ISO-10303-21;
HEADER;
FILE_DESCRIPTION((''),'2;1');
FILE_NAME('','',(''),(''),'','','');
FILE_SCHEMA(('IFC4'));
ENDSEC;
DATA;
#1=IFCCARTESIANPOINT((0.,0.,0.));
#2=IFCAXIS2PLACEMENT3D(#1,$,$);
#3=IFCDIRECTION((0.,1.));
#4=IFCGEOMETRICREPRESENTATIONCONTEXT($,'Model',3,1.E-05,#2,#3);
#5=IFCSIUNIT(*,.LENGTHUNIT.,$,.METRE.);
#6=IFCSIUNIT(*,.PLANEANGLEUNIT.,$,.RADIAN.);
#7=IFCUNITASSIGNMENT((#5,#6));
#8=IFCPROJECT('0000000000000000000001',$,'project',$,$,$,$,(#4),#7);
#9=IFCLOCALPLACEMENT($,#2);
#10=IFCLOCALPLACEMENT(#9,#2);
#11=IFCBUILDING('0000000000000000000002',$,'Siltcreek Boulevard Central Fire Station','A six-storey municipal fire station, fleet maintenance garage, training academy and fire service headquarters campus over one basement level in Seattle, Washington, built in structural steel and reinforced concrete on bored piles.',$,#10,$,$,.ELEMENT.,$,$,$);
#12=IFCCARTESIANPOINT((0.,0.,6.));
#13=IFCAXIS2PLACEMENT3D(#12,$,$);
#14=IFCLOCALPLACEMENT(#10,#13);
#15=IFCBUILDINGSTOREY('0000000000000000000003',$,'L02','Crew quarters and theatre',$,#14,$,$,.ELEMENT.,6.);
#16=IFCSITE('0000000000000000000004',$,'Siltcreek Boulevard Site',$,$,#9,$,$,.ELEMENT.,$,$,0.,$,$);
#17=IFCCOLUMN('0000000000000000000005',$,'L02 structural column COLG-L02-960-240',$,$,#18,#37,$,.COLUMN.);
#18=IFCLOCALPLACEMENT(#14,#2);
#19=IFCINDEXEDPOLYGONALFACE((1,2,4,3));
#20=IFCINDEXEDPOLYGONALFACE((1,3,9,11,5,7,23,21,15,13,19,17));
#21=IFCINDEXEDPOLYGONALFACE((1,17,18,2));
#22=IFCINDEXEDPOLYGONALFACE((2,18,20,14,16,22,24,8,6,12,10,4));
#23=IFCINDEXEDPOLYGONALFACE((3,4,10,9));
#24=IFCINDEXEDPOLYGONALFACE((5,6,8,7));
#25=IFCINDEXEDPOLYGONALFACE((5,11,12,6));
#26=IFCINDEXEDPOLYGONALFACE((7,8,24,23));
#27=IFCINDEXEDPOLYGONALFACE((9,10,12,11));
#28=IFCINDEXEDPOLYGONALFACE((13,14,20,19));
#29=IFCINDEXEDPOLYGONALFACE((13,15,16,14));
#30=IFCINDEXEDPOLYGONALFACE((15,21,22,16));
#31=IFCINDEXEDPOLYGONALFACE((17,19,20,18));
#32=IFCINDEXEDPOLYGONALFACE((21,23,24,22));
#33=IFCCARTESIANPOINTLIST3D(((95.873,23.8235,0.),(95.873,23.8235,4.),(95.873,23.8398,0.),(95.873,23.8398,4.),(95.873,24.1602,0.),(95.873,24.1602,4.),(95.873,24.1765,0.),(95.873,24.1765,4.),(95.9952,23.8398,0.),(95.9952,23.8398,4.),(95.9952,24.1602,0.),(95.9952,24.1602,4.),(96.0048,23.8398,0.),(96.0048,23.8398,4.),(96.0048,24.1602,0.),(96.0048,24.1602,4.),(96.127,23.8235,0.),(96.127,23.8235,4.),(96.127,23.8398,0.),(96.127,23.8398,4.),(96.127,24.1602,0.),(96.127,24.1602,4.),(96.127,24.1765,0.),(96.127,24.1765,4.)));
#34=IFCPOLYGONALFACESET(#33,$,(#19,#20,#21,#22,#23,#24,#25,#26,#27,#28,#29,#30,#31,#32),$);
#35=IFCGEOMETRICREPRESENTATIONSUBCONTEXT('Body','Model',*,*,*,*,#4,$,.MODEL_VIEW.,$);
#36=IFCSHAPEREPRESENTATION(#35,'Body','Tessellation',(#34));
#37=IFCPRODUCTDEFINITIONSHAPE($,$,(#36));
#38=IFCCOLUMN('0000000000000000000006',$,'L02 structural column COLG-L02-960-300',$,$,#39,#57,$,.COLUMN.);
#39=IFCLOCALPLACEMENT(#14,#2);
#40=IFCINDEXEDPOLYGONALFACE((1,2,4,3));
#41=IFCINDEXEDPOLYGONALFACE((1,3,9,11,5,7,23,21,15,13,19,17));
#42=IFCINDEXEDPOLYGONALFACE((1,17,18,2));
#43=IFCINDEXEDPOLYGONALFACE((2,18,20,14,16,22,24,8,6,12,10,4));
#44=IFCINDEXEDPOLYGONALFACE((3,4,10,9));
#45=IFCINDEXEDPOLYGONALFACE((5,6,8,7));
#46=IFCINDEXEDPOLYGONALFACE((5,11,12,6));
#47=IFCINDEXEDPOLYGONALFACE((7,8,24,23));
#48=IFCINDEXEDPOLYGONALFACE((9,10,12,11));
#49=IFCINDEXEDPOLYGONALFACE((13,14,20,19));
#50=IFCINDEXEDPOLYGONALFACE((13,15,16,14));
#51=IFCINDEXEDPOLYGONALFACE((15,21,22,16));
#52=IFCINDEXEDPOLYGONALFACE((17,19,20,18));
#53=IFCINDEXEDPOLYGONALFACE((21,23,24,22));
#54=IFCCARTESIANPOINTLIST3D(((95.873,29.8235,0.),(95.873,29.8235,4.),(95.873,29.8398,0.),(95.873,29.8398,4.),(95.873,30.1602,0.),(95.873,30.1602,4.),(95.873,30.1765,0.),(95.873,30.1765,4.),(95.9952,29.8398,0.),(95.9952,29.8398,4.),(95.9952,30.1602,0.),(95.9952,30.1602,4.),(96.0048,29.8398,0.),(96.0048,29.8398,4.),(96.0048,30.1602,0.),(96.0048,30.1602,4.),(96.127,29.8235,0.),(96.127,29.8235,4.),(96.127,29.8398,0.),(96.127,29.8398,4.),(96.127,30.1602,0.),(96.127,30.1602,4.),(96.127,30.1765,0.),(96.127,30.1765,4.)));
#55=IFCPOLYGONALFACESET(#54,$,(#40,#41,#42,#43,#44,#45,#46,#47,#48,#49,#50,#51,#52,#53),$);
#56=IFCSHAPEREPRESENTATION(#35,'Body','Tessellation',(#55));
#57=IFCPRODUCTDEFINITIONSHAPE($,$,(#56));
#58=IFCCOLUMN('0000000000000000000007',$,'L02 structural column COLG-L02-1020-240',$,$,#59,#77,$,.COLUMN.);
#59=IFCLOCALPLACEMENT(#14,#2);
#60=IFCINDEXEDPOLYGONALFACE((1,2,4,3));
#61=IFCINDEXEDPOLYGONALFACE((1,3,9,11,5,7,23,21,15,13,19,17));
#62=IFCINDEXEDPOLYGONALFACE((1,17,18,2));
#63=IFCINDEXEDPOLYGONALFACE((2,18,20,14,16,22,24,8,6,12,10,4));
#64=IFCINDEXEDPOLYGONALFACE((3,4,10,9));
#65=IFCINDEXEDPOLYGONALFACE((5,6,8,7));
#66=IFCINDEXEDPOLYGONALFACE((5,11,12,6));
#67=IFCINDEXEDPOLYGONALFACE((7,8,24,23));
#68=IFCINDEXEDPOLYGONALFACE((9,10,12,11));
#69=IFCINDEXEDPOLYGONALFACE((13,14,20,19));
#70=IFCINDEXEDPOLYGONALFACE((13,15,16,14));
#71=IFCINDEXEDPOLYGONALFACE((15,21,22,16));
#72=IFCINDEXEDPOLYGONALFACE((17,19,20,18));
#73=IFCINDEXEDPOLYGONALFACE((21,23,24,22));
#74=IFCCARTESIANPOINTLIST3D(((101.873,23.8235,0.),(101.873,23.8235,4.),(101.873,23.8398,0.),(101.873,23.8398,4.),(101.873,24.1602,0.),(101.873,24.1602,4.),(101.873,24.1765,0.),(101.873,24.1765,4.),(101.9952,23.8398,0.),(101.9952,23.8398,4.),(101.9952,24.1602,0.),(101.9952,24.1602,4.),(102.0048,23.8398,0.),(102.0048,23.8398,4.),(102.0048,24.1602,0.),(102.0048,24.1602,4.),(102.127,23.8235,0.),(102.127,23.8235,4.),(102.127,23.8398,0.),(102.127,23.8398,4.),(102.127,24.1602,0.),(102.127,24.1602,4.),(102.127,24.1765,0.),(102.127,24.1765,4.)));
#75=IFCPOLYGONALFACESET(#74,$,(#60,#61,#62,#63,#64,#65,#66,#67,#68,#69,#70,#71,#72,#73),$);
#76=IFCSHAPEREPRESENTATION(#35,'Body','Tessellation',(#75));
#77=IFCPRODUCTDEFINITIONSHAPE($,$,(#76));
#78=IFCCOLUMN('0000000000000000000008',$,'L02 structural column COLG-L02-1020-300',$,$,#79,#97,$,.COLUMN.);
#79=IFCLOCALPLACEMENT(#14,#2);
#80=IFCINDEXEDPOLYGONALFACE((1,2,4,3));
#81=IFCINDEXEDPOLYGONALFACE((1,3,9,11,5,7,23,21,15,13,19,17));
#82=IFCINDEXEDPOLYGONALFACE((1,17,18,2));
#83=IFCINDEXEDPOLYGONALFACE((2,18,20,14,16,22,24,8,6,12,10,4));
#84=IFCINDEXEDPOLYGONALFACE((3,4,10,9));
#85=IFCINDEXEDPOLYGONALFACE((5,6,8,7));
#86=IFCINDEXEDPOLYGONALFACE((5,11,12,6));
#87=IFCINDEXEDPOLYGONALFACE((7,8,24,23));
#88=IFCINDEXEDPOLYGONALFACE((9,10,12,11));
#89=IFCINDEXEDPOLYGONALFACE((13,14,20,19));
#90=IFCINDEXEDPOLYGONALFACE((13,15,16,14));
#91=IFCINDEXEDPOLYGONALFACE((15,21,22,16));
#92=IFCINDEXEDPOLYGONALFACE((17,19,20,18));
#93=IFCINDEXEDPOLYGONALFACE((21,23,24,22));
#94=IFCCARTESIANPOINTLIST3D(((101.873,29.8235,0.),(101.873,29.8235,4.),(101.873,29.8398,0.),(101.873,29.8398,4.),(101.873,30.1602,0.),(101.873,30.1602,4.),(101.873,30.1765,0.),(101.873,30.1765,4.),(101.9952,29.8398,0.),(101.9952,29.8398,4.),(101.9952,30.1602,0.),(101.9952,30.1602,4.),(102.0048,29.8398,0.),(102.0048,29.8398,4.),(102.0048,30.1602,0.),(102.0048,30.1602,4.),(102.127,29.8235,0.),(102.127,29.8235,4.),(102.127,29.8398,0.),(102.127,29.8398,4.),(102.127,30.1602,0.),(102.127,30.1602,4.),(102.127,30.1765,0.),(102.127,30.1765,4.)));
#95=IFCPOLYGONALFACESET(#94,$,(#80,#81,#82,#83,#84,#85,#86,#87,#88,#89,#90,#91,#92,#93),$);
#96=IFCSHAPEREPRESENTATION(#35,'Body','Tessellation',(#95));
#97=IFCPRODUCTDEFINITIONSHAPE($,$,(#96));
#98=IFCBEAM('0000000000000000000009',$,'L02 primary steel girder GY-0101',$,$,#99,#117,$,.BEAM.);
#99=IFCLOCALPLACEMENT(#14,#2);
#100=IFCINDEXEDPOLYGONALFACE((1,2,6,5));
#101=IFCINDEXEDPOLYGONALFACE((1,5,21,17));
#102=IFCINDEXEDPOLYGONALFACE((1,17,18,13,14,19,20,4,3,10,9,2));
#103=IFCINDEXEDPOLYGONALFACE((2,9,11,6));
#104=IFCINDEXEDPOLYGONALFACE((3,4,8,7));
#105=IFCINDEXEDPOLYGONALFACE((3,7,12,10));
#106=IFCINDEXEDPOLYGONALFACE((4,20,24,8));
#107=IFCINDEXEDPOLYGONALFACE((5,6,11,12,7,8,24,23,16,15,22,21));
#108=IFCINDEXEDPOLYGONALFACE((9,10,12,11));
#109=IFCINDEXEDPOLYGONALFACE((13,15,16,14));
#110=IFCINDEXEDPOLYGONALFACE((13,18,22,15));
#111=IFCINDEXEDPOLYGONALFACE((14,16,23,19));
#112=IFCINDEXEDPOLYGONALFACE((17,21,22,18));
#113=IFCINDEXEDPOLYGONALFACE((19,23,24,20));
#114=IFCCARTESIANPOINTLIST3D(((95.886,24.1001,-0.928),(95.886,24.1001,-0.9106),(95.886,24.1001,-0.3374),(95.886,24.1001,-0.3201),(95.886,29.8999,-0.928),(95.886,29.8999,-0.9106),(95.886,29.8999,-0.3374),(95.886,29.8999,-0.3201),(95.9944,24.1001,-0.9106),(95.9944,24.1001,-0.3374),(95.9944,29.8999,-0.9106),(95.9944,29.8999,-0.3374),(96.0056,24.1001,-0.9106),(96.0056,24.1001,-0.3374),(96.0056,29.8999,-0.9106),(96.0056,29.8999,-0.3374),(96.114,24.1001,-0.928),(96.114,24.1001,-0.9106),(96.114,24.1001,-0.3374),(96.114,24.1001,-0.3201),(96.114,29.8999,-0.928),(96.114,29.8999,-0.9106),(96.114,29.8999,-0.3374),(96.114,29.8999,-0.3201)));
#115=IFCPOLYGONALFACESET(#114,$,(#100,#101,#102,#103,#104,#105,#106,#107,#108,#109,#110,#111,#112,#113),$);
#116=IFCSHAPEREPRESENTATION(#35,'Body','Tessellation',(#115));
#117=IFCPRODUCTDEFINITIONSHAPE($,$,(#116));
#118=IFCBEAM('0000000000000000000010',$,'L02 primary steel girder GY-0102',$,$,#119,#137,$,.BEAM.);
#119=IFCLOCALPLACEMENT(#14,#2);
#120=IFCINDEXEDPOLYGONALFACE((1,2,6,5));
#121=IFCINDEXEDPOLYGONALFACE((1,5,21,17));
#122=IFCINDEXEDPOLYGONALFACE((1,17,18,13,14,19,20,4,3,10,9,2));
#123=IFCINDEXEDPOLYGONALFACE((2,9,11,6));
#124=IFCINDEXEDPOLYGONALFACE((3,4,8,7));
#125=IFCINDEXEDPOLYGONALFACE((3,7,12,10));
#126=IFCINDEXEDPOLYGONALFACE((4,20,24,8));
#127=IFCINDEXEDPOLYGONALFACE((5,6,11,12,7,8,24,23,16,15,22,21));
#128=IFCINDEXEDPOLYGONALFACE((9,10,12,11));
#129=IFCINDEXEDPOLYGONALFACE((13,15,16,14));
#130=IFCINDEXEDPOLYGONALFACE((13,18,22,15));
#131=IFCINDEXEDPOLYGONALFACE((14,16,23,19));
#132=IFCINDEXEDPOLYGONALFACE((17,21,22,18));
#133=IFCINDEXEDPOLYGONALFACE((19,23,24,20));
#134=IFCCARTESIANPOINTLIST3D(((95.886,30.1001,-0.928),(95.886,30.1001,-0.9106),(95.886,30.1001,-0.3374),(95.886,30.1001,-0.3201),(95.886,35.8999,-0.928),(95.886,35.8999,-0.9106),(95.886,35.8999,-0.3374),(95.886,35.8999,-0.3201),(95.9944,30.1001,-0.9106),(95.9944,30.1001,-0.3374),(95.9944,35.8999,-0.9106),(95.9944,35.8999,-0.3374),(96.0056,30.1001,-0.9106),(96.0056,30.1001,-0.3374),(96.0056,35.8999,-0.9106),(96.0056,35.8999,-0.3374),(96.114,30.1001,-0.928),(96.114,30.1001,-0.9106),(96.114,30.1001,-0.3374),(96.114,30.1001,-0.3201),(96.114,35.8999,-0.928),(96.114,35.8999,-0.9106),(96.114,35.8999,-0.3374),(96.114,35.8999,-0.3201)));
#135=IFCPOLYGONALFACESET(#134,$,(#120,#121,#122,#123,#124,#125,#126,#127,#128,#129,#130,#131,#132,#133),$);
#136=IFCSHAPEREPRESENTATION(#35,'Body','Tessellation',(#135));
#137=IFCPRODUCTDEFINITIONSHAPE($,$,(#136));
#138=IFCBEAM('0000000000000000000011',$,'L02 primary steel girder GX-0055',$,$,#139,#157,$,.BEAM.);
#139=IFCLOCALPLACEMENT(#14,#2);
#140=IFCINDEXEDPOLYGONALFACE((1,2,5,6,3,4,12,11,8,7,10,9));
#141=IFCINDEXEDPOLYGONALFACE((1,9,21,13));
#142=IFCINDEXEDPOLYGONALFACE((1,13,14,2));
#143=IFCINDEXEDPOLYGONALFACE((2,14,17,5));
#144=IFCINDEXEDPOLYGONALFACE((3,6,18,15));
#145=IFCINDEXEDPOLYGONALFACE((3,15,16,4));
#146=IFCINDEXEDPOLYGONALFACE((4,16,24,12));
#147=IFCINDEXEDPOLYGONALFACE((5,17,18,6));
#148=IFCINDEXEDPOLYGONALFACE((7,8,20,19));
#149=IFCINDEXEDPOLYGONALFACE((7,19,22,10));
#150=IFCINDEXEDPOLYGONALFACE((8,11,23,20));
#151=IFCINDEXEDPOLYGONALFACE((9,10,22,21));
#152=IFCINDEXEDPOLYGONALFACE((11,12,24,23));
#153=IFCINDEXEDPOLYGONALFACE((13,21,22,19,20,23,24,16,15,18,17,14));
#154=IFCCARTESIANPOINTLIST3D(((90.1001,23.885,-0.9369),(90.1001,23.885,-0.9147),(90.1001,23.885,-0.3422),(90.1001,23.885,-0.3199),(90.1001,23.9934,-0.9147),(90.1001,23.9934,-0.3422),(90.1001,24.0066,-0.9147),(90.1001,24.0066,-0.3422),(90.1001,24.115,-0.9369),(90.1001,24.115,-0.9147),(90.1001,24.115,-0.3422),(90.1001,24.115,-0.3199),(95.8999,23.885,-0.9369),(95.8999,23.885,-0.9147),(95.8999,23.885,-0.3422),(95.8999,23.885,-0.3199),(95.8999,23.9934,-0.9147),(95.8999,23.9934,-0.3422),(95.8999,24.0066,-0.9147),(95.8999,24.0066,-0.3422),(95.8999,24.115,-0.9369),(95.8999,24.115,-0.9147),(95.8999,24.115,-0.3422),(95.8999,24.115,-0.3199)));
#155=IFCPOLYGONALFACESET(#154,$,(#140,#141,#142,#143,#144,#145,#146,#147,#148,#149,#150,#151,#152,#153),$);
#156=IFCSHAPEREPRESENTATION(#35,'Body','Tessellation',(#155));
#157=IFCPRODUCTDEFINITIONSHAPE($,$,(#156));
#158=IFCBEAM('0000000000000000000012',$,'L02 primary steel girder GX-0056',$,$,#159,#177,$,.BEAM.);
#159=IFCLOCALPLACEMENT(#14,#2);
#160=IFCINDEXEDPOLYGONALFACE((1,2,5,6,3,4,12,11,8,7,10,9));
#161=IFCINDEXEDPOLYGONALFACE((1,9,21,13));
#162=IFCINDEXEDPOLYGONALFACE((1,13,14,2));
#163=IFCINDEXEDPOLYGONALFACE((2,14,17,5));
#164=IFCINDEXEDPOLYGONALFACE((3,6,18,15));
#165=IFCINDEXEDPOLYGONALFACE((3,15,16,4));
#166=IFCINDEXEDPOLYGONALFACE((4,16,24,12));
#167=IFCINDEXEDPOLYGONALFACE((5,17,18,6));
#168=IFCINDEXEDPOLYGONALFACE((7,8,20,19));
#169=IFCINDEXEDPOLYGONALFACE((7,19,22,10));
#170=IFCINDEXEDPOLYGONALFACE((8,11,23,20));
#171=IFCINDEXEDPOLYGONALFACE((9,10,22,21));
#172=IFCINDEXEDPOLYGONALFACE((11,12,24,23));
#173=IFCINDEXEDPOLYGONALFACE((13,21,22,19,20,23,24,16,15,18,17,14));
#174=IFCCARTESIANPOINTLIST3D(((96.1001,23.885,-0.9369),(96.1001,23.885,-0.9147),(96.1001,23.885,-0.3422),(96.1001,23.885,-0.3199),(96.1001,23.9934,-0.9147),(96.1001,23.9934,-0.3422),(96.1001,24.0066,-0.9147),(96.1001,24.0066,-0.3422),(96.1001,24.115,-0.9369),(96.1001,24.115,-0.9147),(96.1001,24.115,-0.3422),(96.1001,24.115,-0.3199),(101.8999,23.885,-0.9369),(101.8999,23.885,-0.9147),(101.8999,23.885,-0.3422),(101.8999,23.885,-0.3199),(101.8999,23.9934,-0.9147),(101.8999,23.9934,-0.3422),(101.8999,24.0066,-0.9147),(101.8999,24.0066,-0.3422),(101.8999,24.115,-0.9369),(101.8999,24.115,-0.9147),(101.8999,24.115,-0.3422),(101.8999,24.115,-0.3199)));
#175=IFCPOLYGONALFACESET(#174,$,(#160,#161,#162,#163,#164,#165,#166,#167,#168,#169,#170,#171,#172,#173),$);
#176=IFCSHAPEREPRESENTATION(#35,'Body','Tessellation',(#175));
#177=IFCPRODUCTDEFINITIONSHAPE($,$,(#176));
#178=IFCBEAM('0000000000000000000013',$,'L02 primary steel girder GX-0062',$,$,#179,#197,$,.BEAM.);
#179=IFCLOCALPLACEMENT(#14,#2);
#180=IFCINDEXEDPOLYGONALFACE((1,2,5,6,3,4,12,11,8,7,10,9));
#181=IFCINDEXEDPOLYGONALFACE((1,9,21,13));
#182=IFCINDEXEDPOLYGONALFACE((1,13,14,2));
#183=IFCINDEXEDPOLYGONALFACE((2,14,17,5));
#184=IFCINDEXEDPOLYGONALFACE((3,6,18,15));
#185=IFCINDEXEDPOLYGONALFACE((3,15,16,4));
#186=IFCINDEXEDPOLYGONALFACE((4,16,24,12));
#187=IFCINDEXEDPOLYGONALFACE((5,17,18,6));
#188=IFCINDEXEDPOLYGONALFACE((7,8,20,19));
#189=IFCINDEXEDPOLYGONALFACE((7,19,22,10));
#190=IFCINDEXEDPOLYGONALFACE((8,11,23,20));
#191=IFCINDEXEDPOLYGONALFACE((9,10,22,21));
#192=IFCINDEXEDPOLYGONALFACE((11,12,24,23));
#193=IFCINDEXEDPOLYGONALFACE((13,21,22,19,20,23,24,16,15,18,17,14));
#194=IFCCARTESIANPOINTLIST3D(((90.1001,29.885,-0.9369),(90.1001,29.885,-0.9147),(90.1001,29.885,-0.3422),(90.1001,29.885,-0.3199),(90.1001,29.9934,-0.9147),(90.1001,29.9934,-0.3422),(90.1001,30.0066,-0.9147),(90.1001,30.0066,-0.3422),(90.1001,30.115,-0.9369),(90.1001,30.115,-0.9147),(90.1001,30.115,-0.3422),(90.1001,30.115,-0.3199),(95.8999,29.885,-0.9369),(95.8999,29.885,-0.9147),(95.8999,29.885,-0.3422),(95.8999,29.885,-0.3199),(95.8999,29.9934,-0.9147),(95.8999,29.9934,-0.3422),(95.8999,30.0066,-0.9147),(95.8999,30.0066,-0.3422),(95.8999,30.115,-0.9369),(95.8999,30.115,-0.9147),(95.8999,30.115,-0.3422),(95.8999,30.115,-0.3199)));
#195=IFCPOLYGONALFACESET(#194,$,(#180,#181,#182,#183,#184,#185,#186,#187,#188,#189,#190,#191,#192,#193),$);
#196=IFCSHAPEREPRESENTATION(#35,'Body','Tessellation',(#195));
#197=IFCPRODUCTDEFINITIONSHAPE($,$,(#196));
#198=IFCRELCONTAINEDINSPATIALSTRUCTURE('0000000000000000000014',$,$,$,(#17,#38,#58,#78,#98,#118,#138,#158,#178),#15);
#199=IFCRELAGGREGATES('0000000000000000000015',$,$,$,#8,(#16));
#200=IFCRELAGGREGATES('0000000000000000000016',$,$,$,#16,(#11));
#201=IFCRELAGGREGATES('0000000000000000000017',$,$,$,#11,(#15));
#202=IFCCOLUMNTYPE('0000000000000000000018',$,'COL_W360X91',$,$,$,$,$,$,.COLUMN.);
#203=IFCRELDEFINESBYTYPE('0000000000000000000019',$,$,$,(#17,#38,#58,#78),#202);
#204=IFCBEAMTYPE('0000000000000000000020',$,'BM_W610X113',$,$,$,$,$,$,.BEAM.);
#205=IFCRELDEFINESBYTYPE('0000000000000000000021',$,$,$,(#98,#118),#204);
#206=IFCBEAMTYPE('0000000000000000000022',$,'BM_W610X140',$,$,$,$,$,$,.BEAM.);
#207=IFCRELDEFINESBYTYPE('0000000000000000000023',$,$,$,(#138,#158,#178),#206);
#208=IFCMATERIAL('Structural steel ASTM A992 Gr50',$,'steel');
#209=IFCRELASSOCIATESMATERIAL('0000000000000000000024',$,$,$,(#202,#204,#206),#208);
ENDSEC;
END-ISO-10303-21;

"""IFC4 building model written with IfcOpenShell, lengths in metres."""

from ifc_helpers import new_model, si_unit, direction, frame, origin, origin_2d, place, context, subcontext, project, spatial, i_section, extrude, material, material_profile, profile_set, type_object, element, save


model = new_model("IFC4")

# Units and contexts
model_context = context("Model", 3, precision=1e-05, world=origin(), true_north=direction((0.0, 1.0)))
body_context = subcontext(model_context, "Body", "Model", "MODEL_VIEW")
ifc_project = project(units=[si_unit("LENGTHUNIT", "METRE"), si_unit("PLANEANGLEUNIT", "RADIAN")], contexts=[model_context])

# Site, building, storey
site_placement = place(None, origin())
site = spatial("IfcSite", under=ifc_project, at=site_placement, Name="Siltcreek Boulevard Site", CompositionType="ELEMENT", RefElevation=0.0)
building_placement = place(site_placement, origin())
building = spatial("IfcBuilding", under=site, at=building_placement, Name="Siltcreek Boulevard Central Fire Station", Description="A six-storey municipal fire station, fleet maintenance garage, training academy and fire service headquarters campus over one basement level in Seattle, Washington, built in structural steel and reinforced concrete on bored piles.", CompositionType="ELEMENT")
storey_placement = place(building_placement, frame((0.0, 0.0, 6.0)))
storey = spatial("IfcBuildingStorey", under=building, at=storey_placement, Name="L02", Description="Crew quarters and theatre", CompositionType="ELEMENT", Elevation=6.0)

# Columns
ifc_material_1 = material(Name="Structural steel ASTM A992 Gr50", Category="steel")
ifc_material_profile_1 = material_profile(ifc_material_1, i_section(OverallWidth=0.2539, OverallDepth=0.353, WebThickness=0.0095, FlangeThickness=0.0164, at=origin_2d()), Name="W360X91")
ifc_profile_set_1 = profile_set([ifc_material_profile_1], Name="Structural steel ASTM A992 Gr50")
column_type = type_object("IfcColumnType", Name="COL_W360X91", PredefinedType="COLUMN", material=ifc_profile_set_1)
for number, where, z_axis, x_axis, name in (
    (1, (96.0, 24.0, 0.0), (0.0, 0.0, 1.0), (1.0, 0.0, 0.0), "L02 structural column COLG-L02-960-240"),
    (2, (96.0, 30.0, 0.0), (0.0, 0.0, 1.0), (1.0, 0.0, 0.0), "L02 structural column COLG-L02-960-300"),
    (3, (102.0, 24.0, 0.0), (0.0, 0.0, 1.0), (1.0, 0.0, 0.0), "L02 structural column COLG-L02-1020-240"),
    (4, (102.0, 30.0, 0.0), (0.0, 0.0, 1.0), (1.0, 0.0, 0.0), "L02 structural column COLG-L02-1020-300"),
):
    element("IfcColumn", number, at=place(storey_placement, frame(where, z_axis=z_axis, x_axis=x_axis)), inside=storey, type_object=column_type, Name=name, PredefinedType="COLUMN", context=body_context, shape_type="SweptSolid", body=[
        extrude(i_section(OverallWidth=0.2539, OverallDepth=0.353, WebThickness=0.0095, FlangeThickness=0.0164, at=origin_2d()), origin(), (0.0, 0.0, 1.0), 4.0),
    ])

# Beams
ifc_material_profile_2 = material_profile(ifc_material_1, i_section(OverallWidth=0.228, OverallDepth=0.6079, WebThickness=0.0112, FlangeThickness=0.0173, at=origin_2d()), Name="W610X113")
ifc_profile_set_2 = profile_set([ifc_material_profile_2], Name="Structural steel ASTM A992 Gr50")
beam_type_1 = type_object("IfcBeamType", Name="BM_W610X113", PredefinedType="BEAM", material=ifc_profile_set_2)
for number, where, z_axis, x_axis, name in (
    (5, (96.0, 24.1001, -0.624), (0.0, 1.0, 0.0), (-1.0, 0.0, 0.0), "L02 primary steel girder GY-0101"),
    (6, (96.0, 30.1001, -0.624), (0.0, 1.0, 0.0), (-1.0, 0.0, 0.0), "L02 primary steel girder GY-0102"),
):
    element("IfcBeam", number, at=place(storey_placement, frame(where, z_axis=z_axis, x_axis=x_axis)), inside=storey, type_object=beam_type_1, Name=name, PredefinedType="BEAM", context=body_context, shape_type="SweptSolid", body=[
        extrude(i_section(OverallWidth=0.228, OverallDepth=0.6079, WebThickness=0.0112, FlangeThickness=0.0173, at=origin_2d()), origin(), (0.0, 0.0, 1.0), 5.7998),
    ])
ifc_material_profile_3 = material_profile(ifc_material_1, i_section(OverallWidth=0.23, OverallDepth=0.6169, WebThickness=0.0132, FlangeThickness=0.0222, at=origin_2d()), Name="W610X140")
ifc_profile_set_3 = profile_set([ifc_material_profile_3], Name="Structural steel ASTM A992 Gr50")
beam_type_2 = type_object("IfcBeamType", Name="BM_W610X140", PredefinedType="BEAM", material=ifc_profile_set_3)
for number, where, z_axis, x_axis, name in (
    (7, (90.1001, 24.0, -0.6284), (1.0, 0.0, 0.0), (0.0, 1.0, 0.0), "L02 primary steel girder GX-0055"),
    (8, (96.1001, 24.0, -0.6284), (1.0, 0.0, 0.0), (0.0, 1.0, 0.0), "L02 primary steel girder GX-0056"),
    (9, (90.1001, 30.0, -0.6284), (1.0, 0.0, 0.0), (0.0, 1.0, 0.0), "L02 primary steel girder GX-0062"),
):
    element("IfcBeam", number, at=place(storey_placement, frame(where, z_axis=z_axis, x_axis=x_axis)), inside=storey, type_object=beam_type_2, Name=name, PredefinedType="BEAM", context=body_context, shape_type="SweptSolid", body=[
        extrude(i_section(OverallWidth=0.23, OverallDepth=0.6169, WebThickness=0.0132, FlangeThickness=0.0222, at=origin_2d()), origin(), (0.0, 0.0, 1.0), 5.7998),
    ])

save(model, "model.ifc")
